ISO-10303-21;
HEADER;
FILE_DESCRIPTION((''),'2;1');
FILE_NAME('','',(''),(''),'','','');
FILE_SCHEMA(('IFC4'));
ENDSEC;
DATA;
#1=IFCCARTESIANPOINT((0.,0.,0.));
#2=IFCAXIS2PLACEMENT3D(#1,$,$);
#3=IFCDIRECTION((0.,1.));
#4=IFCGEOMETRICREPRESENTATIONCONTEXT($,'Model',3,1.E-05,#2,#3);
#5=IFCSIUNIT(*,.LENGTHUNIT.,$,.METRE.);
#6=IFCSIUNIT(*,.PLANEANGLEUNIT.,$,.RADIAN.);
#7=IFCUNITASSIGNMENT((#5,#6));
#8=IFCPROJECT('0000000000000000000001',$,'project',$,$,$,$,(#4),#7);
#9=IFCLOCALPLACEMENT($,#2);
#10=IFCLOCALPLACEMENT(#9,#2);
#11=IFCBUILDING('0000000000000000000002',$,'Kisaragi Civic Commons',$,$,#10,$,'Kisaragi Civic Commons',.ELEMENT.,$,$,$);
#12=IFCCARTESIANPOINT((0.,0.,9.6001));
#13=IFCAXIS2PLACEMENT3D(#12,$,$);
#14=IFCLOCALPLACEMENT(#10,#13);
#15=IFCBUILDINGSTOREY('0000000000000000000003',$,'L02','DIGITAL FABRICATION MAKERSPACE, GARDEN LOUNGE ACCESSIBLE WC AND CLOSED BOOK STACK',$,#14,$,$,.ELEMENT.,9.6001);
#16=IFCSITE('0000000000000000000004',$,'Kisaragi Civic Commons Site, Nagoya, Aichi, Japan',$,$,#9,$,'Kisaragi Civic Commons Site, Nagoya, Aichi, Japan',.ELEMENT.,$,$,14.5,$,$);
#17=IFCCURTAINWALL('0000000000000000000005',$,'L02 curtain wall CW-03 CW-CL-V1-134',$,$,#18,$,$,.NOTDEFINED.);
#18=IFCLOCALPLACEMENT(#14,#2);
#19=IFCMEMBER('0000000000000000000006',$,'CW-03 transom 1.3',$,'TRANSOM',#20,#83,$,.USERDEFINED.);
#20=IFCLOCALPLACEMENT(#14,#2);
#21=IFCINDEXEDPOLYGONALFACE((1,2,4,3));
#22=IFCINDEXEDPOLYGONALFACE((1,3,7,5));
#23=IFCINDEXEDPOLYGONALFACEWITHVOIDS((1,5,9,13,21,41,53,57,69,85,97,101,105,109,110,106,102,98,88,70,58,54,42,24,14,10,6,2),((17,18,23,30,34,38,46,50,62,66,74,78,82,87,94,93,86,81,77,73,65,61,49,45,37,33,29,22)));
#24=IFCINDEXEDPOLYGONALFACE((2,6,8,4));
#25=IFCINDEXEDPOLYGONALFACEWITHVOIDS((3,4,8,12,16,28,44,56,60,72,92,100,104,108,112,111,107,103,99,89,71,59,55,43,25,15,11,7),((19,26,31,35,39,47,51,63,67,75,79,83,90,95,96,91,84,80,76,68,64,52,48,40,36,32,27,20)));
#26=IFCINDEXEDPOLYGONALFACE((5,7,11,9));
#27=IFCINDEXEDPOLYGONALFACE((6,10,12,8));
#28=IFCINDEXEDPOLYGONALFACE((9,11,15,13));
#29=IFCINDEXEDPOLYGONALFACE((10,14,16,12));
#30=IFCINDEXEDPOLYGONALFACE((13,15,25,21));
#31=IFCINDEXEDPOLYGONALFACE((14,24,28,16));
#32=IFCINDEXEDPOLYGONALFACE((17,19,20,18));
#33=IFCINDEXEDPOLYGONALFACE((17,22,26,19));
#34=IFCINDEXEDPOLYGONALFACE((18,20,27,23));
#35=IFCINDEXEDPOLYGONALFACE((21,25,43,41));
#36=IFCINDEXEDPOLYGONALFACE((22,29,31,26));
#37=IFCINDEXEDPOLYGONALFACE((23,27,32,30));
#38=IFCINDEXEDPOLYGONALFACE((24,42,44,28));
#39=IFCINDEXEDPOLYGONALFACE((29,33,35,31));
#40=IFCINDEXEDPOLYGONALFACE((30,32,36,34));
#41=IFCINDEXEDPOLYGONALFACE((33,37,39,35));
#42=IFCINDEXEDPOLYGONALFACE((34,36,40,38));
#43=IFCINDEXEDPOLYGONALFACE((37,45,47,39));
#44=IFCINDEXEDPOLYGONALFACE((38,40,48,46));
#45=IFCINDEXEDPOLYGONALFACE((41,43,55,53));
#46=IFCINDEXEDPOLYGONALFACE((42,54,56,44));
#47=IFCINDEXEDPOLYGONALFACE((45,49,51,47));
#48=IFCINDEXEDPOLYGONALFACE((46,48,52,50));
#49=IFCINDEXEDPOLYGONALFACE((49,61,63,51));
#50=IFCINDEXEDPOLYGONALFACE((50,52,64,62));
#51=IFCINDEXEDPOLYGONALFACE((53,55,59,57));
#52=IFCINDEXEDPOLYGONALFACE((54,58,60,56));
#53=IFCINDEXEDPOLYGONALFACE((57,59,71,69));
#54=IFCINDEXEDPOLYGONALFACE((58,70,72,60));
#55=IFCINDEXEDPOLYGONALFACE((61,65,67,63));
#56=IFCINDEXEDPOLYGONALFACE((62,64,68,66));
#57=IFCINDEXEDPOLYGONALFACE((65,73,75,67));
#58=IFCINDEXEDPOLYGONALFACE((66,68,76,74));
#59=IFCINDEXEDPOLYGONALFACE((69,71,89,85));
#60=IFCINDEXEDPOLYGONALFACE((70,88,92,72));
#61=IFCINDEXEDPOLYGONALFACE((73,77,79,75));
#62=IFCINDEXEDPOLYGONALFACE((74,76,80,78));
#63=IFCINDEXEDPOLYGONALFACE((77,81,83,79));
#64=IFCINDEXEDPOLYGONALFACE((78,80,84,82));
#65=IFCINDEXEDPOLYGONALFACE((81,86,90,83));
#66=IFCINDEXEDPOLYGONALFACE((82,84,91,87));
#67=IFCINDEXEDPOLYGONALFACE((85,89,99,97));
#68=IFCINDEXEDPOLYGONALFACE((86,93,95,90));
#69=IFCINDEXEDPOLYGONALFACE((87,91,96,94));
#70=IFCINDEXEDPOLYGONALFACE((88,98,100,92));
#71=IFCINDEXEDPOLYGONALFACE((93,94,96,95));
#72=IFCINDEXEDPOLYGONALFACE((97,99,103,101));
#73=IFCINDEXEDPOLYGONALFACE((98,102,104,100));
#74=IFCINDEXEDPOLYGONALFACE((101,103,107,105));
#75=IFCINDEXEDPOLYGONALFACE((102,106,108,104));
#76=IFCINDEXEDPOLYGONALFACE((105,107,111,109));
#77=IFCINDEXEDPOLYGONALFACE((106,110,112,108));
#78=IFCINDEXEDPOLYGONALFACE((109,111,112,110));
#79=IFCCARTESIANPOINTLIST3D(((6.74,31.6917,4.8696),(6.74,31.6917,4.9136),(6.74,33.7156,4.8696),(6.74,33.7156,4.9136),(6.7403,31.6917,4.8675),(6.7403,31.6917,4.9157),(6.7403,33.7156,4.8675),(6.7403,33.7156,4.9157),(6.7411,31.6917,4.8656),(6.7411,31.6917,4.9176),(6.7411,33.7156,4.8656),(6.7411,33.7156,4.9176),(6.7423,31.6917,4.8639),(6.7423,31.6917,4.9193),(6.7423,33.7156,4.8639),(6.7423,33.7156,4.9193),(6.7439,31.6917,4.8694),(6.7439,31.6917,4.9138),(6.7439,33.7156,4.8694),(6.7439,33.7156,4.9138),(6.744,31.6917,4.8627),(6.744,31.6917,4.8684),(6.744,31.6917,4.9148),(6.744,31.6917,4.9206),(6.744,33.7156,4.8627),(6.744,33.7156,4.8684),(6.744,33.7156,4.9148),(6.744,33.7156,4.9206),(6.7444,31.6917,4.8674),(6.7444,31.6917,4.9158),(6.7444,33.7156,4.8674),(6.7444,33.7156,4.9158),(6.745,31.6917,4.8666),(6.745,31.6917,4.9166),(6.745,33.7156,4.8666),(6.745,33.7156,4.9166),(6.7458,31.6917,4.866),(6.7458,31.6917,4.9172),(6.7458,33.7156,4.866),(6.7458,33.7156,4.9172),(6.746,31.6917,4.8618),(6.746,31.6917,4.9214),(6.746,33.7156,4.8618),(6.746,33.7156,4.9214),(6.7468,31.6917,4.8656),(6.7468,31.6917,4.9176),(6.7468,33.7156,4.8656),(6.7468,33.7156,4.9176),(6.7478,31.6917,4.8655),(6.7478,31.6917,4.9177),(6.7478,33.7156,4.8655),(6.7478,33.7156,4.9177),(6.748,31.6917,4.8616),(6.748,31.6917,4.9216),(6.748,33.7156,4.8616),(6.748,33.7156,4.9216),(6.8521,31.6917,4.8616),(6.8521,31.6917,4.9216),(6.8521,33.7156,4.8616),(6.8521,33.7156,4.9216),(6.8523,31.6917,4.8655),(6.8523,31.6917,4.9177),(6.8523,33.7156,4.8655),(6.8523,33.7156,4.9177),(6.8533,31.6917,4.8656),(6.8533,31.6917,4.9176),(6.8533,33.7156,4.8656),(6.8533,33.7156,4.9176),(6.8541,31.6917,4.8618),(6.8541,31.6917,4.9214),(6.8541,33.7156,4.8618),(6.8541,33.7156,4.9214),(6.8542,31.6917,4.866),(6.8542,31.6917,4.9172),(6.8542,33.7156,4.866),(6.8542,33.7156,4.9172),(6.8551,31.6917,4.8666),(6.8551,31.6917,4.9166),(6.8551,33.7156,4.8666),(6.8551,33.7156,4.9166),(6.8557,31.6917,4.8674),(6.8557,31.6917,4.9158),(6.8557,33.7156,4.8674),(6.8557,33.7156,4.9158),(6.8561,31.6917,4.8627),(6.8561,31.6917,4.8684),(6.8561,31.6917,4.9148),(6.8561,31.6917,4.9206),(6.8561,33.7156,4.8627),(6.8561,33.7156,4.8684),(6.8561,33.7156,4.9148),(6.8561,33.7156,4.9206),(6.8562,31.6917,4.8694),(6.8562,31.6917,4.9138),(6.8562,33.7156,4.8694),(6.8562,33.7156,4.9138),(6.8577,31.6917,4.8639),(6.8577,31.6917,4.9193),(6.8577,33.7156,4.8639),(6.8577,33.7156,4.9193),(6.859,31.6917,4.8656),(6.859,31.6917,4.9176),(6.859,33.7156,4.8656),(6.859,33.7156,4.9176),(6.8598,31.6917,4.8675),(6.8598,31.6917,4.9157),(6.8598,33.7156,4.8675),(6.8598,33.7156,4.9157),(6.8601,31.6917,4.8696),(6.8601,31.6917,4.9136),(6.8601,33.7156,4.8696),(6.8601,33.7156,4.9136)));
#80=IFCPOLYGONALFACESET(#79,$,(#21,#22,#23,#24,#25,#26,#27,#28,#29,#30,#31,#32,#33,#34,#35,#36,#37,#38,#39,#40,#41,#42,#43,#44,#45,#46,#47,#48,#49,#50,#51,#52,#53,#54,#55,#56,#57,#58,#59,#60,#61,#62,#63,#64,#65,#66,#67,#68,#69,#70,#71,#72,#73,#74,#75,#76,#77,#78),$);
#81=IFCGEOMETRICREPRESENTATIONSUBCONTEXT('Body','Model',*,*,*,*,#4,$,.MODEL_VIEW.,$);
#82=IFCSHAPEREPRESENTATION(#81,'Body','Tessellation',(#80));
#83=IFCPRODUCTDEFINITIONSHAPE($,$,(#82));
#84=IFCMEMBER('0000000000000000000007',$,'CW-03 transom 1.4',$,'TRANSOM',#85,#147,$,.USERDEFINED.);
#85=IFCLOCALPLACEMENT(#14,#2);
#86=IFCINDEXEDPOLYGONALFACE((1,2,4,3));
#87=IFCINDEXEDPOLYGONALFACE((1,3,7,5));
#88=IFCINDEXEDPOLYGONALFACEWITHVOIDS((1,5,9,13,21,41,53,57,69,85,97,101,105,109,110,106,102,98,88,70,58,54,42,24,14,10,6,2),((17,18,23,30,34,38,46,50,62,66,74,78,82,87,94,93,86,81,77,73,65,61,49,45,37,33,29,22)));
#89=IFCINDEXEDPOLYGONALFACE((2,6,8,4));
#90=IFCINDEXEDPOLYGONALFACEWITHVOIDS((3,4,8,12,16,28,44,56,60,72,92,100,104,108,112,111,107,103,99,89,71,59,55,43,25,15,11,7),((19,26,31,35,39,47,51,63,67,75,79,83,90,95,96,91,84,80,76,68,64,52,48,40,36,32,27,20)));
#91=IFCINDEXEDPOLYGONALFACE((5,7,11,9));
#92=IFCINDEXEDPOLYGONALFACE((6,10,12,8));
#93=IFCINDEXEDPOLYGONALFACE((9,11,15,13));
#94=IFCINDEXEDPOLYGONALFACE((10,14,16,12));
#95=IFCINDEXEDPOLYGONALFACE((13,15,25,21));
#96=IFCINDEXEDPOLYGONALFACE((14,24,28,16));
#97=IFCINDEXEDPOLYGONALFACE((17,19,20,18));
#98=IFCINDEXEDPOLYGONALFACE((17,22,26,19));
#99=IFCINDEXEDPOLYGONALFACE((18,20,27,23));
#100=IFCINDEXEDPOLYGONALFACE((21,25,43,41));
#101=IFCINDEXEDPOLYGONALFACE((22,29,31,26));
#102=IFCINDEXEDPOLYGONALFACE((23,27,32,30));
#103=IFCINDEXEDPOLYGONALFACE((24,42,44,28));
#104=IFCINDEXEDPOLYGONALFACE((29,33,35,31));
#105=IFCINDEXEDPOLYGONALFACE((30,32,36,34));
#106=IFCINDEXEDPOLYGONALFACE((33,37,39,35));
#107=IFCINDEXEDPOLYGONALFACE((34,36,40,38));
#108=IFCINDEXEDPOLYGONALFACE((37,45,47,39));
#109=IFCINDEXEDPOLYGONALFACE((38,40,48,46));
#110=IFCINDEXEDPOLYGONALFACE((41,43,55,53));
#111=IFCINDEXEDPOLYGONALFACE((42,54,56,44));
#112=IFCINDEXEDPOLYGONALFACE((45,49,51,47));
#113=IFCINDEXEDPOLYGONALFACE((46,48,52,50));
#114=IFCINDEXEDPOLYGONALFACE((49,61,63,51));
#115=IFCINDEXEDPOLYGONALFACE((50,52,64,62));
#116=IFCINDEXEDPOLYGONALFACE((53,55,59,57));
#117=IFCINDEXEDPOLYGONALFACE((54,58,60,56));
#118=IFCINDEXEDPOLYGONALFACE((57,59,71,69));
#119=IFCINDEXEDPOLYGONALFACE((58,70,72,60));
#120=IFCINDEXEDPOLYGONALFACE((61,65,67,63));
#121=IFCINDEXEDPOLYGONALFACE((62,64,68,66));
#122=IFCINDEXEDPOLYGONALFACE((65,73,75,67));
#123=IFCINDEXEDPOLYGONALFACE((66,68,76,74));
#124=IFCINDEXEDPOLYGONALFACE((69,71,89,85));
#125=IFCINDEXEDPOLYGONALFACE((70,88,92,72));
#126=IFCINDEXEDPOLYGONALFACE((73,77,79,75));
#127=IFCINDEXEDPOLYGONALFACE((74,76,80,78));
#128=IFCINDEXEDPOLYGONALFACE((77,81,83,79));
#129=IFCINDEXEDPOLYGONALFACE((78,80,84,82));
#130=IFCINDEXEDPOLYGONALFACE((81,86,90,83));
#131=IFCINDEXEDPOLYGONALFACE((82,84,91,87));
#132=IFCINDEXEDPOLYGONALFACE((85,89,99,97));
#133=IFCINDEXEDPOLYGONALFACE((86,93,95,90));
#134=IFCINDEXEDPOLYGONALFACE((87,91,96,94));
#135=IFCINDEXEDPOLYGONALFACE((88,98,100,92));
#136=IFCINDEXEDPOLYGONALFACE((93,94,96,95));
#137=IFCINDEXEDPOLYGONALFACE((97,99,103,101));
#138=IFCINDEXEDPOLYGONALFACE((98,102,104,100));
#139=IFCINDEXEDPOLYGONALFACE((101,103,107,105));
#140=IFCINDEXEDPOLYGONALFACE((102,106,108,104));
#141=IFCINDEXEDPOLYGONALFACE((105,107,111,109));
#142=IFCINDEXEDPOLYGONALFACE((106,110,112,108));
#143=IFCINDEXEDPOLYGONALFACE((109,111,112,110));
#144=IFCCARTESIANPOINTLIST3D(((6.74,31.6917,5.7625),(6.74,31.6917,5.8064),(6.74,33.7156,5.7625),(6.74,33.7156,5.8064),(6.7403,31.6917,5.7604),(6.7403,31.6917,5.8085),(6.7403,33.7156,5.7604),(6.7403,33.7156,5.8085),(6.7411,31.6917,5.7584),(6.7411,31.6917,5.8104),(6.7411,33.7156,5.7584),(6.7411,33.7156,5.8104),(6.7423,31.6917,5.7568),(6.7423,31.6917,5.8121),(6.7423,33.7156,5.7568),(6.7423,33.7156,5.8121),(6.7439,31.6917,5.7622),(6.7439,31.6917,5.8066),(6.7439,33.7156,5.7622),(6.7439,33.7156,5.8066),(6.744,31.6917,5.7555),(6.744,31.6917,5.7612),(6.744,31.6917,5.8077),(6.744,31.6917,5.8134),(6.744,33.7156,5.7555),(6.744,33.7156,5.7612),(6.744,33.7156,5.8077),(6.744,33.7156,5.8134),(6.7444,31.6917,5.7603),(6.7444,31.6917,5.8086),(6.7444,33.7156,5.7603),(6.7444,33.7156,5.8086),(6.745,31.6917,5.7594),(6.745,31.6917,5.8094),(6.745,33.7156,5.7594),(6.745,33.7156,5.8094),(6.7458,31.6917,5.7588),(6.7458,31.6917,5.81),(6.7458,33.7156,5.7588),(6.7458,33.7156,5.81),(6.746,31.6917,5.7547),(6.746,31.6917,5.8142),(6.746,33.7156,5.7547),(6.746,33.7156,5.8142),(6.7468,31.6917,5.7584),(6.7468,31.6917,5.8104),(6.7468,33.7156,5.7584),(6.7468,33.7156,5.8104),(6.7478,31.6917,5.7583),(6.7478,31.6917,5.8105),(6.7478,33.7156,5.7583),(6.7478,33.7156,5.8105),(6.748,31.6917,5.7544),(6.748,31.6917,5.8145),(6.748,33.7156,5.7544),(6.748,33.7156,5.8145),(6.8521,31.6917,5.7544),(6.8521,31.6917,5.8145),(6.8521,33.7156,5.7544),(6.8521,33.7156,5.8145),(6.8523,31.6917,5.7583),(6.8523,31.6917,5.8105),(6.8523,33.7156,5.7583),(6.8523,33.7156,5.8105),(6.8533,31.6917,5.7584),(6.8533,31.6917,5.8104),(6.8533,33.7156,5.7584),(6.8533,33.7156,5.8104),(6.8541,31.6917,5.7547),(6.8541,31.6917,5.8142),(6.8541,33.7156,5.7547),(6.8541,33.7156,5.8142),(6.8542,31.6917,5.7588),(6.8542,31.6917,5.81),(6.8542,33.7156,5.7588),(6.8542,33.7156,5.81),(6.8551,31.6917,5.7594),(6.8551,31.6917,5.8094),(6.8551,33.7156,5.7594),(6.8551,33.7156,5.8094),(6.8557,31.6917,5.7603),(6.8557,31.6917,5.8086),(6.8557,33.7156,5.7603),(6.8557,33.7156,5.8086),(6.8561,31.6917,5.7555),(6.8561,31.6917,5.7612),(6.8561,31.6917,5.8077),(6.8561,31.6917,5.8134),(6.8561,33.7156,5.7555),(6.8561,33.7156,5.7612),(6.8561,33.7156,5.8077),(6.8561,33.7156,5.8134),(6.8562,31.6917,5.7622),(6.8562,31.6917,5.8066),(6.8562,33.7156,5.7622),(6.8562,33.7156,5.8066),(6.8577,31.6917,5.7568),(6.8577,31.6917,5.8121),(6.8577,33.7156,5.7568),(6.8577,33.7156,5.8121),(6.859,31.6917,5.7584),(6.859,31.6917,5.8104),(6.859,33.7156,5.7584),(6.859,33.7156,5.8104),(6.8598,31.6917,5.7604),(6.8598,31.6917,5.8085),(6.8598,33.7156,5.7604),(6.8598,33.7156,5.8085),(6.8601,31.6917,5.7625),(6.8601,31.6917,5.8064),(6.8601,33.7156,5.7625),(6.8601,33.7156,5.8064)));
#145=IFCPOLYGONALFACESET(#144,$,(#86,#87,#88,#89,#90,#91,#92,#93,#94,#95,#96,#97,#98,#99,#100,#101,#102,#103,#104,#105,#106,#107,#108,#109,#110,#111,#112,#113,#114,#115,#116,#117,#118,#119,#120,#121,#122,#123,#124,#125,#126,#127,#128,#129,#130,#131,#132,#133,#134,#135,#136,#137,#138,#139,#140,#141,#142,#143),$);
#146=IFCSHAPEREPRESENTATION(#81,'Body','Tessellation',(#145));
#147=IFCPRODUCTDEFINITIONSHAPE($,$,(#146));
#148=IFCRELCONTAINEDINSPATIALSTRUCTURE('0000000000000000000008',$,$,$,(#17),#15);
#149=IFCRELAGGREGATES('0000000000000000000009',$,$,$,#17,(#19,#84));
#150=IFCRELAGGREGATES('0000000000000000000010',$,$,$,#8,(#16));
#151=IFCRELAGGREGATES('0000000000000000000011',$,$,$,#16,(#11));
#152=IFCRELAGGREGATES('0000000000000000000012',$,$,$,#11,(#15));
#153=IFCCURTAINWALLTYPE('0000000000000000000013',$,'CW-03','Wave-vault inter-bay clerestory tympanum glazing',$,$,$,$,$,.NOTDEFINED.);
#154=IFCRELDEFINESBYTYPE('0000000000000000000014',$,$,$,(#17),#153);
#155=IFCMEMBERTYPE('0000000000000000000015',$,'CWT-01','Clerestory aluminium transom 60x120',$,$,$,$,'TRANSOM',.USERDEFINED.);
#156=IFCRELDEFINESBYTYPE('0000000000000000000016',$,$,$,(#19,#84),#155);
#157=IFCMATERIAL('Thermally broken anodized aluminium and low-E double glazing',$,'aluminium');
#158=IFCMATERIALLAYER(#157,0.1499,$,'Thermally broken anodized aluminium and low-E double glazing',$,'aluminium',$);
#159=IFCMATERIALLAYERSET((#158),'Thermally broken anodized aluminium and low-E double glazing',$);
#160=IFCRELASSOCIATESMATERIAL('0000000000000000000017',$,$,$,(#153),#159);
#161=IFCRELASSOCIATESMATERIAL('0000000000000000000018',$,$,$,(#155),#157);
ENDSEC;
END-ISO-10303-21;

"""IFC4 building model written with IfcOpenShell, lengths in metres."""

from ifc_helpers import new_model, si_unit, direction, frame, origin, origin_2d, place, context, subcontext, project, spatial, hollow_rectangle, extrude, material, layer, layer_set, material_profile, profile_set, type_object, element, aggregate, save


model = new_model("IFC4")

# Units and contexts
model_context = context("Model", 3, precision=1e-05, world=origin(), true_north=direction((0.0, 1.0)))
body_context = subcontext(model_context, "Body", "Model", "MODEL_VIEW")
ifc_project = project(units=[si_unit("LENGTHUNIT", "METRE"), si_unit("PLANEANGLEUNIT", "RADIAN")], contexts=[model_context])

# Site, building, storey
site_placement = place(None, origin())
site = spatial("IfcSite", under=ifc_project, at=site_placement, Name="Kisaragi Civic Commons Site, Nagoya, Aichi, Japan", LongName="Kisaragi Civic Commons Site, Nagoya, Aichi, Japan", CompositionType="ELEMENT", RefElevation=14.5)
building_placement = place(site_placement, origin())
building = spatial("IfcBuilding", under=site, at=building_placement, Name="Kisaragi Civic Commons", LongName="Kisaragi Civic Commons", CompositionType="ELEMENT")
storey_placement = place(building_placement, frame((0.0, 0.0, 9.6001)))
storey = spatial("IfcBuildingStorey", under=building, at=storey_placement, Name="L02", Description="DIGITAL FABRICATION MAKERSPACE, GARDEN LOUNGE ACCESSIBLE WC AND CLOSED BOOK STACK", CompositionType="ELEMENT", Elevation=9.6001)

# Curtain wall, members
ifc_material_1 = material(Name="Thermally broken anodized aluminium and low-E double glazing", Category="aluminium")
ifc_layer_1 = layer(ifc_material_1, 0.1499, Name="Thermally broken anodized aluminium and low-E double glazing", Category="aluminium")
ifc_layer_set_1 = layer_set([ifc_layer_1], Name="Thermally broken anodized aluminium and low-E double glazing")
curtain_wall_type = type_object("IfcCurtainWallType", Name="CW-03", Description="Wave-vault inter-bay clerestory tympanum glazing", PredefinedType="NOTDEFINED", material=ifc_layer_set_1)
curtain_wall_placement = place(storey_placement, origin())
curtain_wall = element("IfcCurtainWall", 1, at=curtain_wall_placement, inside=storey, type_object=curtain_wall_type, Name="L02 curtain wall CW-03 CW-CL-V1-134", PredefinedType="NOTDEFINED")
ifc_material_profile_1 = material_profile(ifc_material_1, hollow_rectangle(XDim=0.1201, YDim=0.0601, WallThickness=0.0039, InnerFilletRadius=0.0039, OuterFilletRadius=0.0081, at=origin_2d()), Name="CWT-60x120x4", Category="aluminium")
ifc_profile_set_1 = profile_set([ifc_material_profile_1], Name="Thermally broken anodized aluminium and low-E double glazing")
member_type_1 = type_object("IfcMemberType", Name="CWT-01", Description="Clerestory aluminium transom 60x120", ElementType="TRANSOM", PredefinedType="USERDEFINED", material=ifc_profile_set_1)
member_1_placement = place(storey_placement, frame((6.8, 31.6917, 4.8916), z_axis=(0.0, 1.0, 0.0), x_axis=(-1.0, 0.0, 0.0)))
member_1 = element("IfcMember", 2, at=member_1_placement, type_object=member_type_1, Name="CW-03 transom 1.3", ObjectType="TRANSOM", PredefinedType="USERDEFINED", context=body_context, shape_type="SweptSolid", body=[
    extrude(hollow_rectangle(XDim=0.1201, YDim=0.0601, WallThickness=0.0039, InnerFilletRadius=0.0039, OuterFilletRadius=0.0081, at=origin_2d()), origin(), (0.0, 0.0, 1.0), 2.0239),
])
member_2_placement = place(storey_placement, frame((6.8, 31.6917, 5.7844), z_axis=(0.0, 1.0, 0.0), x_axis=(-1.0, 0.0, 0.0)))
member_2 = element("IfcMember", 3, at=member_2_placement, type_object=member_type_1, Name="CW-03 transom 1.4", ObjectType="TRANSOM", PredefinedType="USERDEFINED", context=body_context, shape_type="SweptSolid", body=[
    extrude(hollow_rectangle(XDim=0.1201, YDim=0.0601, WallThickness=0.0039, InnerFilletRadius=0.0039, OuterFilletRadius=0.0081, at=origin_2d()), origin(), (0.0, 0.0, 1.0), 2.0239),
])
aggregate(curtain_wall, [member_1, member_2])

save(model, "model.ifc")
